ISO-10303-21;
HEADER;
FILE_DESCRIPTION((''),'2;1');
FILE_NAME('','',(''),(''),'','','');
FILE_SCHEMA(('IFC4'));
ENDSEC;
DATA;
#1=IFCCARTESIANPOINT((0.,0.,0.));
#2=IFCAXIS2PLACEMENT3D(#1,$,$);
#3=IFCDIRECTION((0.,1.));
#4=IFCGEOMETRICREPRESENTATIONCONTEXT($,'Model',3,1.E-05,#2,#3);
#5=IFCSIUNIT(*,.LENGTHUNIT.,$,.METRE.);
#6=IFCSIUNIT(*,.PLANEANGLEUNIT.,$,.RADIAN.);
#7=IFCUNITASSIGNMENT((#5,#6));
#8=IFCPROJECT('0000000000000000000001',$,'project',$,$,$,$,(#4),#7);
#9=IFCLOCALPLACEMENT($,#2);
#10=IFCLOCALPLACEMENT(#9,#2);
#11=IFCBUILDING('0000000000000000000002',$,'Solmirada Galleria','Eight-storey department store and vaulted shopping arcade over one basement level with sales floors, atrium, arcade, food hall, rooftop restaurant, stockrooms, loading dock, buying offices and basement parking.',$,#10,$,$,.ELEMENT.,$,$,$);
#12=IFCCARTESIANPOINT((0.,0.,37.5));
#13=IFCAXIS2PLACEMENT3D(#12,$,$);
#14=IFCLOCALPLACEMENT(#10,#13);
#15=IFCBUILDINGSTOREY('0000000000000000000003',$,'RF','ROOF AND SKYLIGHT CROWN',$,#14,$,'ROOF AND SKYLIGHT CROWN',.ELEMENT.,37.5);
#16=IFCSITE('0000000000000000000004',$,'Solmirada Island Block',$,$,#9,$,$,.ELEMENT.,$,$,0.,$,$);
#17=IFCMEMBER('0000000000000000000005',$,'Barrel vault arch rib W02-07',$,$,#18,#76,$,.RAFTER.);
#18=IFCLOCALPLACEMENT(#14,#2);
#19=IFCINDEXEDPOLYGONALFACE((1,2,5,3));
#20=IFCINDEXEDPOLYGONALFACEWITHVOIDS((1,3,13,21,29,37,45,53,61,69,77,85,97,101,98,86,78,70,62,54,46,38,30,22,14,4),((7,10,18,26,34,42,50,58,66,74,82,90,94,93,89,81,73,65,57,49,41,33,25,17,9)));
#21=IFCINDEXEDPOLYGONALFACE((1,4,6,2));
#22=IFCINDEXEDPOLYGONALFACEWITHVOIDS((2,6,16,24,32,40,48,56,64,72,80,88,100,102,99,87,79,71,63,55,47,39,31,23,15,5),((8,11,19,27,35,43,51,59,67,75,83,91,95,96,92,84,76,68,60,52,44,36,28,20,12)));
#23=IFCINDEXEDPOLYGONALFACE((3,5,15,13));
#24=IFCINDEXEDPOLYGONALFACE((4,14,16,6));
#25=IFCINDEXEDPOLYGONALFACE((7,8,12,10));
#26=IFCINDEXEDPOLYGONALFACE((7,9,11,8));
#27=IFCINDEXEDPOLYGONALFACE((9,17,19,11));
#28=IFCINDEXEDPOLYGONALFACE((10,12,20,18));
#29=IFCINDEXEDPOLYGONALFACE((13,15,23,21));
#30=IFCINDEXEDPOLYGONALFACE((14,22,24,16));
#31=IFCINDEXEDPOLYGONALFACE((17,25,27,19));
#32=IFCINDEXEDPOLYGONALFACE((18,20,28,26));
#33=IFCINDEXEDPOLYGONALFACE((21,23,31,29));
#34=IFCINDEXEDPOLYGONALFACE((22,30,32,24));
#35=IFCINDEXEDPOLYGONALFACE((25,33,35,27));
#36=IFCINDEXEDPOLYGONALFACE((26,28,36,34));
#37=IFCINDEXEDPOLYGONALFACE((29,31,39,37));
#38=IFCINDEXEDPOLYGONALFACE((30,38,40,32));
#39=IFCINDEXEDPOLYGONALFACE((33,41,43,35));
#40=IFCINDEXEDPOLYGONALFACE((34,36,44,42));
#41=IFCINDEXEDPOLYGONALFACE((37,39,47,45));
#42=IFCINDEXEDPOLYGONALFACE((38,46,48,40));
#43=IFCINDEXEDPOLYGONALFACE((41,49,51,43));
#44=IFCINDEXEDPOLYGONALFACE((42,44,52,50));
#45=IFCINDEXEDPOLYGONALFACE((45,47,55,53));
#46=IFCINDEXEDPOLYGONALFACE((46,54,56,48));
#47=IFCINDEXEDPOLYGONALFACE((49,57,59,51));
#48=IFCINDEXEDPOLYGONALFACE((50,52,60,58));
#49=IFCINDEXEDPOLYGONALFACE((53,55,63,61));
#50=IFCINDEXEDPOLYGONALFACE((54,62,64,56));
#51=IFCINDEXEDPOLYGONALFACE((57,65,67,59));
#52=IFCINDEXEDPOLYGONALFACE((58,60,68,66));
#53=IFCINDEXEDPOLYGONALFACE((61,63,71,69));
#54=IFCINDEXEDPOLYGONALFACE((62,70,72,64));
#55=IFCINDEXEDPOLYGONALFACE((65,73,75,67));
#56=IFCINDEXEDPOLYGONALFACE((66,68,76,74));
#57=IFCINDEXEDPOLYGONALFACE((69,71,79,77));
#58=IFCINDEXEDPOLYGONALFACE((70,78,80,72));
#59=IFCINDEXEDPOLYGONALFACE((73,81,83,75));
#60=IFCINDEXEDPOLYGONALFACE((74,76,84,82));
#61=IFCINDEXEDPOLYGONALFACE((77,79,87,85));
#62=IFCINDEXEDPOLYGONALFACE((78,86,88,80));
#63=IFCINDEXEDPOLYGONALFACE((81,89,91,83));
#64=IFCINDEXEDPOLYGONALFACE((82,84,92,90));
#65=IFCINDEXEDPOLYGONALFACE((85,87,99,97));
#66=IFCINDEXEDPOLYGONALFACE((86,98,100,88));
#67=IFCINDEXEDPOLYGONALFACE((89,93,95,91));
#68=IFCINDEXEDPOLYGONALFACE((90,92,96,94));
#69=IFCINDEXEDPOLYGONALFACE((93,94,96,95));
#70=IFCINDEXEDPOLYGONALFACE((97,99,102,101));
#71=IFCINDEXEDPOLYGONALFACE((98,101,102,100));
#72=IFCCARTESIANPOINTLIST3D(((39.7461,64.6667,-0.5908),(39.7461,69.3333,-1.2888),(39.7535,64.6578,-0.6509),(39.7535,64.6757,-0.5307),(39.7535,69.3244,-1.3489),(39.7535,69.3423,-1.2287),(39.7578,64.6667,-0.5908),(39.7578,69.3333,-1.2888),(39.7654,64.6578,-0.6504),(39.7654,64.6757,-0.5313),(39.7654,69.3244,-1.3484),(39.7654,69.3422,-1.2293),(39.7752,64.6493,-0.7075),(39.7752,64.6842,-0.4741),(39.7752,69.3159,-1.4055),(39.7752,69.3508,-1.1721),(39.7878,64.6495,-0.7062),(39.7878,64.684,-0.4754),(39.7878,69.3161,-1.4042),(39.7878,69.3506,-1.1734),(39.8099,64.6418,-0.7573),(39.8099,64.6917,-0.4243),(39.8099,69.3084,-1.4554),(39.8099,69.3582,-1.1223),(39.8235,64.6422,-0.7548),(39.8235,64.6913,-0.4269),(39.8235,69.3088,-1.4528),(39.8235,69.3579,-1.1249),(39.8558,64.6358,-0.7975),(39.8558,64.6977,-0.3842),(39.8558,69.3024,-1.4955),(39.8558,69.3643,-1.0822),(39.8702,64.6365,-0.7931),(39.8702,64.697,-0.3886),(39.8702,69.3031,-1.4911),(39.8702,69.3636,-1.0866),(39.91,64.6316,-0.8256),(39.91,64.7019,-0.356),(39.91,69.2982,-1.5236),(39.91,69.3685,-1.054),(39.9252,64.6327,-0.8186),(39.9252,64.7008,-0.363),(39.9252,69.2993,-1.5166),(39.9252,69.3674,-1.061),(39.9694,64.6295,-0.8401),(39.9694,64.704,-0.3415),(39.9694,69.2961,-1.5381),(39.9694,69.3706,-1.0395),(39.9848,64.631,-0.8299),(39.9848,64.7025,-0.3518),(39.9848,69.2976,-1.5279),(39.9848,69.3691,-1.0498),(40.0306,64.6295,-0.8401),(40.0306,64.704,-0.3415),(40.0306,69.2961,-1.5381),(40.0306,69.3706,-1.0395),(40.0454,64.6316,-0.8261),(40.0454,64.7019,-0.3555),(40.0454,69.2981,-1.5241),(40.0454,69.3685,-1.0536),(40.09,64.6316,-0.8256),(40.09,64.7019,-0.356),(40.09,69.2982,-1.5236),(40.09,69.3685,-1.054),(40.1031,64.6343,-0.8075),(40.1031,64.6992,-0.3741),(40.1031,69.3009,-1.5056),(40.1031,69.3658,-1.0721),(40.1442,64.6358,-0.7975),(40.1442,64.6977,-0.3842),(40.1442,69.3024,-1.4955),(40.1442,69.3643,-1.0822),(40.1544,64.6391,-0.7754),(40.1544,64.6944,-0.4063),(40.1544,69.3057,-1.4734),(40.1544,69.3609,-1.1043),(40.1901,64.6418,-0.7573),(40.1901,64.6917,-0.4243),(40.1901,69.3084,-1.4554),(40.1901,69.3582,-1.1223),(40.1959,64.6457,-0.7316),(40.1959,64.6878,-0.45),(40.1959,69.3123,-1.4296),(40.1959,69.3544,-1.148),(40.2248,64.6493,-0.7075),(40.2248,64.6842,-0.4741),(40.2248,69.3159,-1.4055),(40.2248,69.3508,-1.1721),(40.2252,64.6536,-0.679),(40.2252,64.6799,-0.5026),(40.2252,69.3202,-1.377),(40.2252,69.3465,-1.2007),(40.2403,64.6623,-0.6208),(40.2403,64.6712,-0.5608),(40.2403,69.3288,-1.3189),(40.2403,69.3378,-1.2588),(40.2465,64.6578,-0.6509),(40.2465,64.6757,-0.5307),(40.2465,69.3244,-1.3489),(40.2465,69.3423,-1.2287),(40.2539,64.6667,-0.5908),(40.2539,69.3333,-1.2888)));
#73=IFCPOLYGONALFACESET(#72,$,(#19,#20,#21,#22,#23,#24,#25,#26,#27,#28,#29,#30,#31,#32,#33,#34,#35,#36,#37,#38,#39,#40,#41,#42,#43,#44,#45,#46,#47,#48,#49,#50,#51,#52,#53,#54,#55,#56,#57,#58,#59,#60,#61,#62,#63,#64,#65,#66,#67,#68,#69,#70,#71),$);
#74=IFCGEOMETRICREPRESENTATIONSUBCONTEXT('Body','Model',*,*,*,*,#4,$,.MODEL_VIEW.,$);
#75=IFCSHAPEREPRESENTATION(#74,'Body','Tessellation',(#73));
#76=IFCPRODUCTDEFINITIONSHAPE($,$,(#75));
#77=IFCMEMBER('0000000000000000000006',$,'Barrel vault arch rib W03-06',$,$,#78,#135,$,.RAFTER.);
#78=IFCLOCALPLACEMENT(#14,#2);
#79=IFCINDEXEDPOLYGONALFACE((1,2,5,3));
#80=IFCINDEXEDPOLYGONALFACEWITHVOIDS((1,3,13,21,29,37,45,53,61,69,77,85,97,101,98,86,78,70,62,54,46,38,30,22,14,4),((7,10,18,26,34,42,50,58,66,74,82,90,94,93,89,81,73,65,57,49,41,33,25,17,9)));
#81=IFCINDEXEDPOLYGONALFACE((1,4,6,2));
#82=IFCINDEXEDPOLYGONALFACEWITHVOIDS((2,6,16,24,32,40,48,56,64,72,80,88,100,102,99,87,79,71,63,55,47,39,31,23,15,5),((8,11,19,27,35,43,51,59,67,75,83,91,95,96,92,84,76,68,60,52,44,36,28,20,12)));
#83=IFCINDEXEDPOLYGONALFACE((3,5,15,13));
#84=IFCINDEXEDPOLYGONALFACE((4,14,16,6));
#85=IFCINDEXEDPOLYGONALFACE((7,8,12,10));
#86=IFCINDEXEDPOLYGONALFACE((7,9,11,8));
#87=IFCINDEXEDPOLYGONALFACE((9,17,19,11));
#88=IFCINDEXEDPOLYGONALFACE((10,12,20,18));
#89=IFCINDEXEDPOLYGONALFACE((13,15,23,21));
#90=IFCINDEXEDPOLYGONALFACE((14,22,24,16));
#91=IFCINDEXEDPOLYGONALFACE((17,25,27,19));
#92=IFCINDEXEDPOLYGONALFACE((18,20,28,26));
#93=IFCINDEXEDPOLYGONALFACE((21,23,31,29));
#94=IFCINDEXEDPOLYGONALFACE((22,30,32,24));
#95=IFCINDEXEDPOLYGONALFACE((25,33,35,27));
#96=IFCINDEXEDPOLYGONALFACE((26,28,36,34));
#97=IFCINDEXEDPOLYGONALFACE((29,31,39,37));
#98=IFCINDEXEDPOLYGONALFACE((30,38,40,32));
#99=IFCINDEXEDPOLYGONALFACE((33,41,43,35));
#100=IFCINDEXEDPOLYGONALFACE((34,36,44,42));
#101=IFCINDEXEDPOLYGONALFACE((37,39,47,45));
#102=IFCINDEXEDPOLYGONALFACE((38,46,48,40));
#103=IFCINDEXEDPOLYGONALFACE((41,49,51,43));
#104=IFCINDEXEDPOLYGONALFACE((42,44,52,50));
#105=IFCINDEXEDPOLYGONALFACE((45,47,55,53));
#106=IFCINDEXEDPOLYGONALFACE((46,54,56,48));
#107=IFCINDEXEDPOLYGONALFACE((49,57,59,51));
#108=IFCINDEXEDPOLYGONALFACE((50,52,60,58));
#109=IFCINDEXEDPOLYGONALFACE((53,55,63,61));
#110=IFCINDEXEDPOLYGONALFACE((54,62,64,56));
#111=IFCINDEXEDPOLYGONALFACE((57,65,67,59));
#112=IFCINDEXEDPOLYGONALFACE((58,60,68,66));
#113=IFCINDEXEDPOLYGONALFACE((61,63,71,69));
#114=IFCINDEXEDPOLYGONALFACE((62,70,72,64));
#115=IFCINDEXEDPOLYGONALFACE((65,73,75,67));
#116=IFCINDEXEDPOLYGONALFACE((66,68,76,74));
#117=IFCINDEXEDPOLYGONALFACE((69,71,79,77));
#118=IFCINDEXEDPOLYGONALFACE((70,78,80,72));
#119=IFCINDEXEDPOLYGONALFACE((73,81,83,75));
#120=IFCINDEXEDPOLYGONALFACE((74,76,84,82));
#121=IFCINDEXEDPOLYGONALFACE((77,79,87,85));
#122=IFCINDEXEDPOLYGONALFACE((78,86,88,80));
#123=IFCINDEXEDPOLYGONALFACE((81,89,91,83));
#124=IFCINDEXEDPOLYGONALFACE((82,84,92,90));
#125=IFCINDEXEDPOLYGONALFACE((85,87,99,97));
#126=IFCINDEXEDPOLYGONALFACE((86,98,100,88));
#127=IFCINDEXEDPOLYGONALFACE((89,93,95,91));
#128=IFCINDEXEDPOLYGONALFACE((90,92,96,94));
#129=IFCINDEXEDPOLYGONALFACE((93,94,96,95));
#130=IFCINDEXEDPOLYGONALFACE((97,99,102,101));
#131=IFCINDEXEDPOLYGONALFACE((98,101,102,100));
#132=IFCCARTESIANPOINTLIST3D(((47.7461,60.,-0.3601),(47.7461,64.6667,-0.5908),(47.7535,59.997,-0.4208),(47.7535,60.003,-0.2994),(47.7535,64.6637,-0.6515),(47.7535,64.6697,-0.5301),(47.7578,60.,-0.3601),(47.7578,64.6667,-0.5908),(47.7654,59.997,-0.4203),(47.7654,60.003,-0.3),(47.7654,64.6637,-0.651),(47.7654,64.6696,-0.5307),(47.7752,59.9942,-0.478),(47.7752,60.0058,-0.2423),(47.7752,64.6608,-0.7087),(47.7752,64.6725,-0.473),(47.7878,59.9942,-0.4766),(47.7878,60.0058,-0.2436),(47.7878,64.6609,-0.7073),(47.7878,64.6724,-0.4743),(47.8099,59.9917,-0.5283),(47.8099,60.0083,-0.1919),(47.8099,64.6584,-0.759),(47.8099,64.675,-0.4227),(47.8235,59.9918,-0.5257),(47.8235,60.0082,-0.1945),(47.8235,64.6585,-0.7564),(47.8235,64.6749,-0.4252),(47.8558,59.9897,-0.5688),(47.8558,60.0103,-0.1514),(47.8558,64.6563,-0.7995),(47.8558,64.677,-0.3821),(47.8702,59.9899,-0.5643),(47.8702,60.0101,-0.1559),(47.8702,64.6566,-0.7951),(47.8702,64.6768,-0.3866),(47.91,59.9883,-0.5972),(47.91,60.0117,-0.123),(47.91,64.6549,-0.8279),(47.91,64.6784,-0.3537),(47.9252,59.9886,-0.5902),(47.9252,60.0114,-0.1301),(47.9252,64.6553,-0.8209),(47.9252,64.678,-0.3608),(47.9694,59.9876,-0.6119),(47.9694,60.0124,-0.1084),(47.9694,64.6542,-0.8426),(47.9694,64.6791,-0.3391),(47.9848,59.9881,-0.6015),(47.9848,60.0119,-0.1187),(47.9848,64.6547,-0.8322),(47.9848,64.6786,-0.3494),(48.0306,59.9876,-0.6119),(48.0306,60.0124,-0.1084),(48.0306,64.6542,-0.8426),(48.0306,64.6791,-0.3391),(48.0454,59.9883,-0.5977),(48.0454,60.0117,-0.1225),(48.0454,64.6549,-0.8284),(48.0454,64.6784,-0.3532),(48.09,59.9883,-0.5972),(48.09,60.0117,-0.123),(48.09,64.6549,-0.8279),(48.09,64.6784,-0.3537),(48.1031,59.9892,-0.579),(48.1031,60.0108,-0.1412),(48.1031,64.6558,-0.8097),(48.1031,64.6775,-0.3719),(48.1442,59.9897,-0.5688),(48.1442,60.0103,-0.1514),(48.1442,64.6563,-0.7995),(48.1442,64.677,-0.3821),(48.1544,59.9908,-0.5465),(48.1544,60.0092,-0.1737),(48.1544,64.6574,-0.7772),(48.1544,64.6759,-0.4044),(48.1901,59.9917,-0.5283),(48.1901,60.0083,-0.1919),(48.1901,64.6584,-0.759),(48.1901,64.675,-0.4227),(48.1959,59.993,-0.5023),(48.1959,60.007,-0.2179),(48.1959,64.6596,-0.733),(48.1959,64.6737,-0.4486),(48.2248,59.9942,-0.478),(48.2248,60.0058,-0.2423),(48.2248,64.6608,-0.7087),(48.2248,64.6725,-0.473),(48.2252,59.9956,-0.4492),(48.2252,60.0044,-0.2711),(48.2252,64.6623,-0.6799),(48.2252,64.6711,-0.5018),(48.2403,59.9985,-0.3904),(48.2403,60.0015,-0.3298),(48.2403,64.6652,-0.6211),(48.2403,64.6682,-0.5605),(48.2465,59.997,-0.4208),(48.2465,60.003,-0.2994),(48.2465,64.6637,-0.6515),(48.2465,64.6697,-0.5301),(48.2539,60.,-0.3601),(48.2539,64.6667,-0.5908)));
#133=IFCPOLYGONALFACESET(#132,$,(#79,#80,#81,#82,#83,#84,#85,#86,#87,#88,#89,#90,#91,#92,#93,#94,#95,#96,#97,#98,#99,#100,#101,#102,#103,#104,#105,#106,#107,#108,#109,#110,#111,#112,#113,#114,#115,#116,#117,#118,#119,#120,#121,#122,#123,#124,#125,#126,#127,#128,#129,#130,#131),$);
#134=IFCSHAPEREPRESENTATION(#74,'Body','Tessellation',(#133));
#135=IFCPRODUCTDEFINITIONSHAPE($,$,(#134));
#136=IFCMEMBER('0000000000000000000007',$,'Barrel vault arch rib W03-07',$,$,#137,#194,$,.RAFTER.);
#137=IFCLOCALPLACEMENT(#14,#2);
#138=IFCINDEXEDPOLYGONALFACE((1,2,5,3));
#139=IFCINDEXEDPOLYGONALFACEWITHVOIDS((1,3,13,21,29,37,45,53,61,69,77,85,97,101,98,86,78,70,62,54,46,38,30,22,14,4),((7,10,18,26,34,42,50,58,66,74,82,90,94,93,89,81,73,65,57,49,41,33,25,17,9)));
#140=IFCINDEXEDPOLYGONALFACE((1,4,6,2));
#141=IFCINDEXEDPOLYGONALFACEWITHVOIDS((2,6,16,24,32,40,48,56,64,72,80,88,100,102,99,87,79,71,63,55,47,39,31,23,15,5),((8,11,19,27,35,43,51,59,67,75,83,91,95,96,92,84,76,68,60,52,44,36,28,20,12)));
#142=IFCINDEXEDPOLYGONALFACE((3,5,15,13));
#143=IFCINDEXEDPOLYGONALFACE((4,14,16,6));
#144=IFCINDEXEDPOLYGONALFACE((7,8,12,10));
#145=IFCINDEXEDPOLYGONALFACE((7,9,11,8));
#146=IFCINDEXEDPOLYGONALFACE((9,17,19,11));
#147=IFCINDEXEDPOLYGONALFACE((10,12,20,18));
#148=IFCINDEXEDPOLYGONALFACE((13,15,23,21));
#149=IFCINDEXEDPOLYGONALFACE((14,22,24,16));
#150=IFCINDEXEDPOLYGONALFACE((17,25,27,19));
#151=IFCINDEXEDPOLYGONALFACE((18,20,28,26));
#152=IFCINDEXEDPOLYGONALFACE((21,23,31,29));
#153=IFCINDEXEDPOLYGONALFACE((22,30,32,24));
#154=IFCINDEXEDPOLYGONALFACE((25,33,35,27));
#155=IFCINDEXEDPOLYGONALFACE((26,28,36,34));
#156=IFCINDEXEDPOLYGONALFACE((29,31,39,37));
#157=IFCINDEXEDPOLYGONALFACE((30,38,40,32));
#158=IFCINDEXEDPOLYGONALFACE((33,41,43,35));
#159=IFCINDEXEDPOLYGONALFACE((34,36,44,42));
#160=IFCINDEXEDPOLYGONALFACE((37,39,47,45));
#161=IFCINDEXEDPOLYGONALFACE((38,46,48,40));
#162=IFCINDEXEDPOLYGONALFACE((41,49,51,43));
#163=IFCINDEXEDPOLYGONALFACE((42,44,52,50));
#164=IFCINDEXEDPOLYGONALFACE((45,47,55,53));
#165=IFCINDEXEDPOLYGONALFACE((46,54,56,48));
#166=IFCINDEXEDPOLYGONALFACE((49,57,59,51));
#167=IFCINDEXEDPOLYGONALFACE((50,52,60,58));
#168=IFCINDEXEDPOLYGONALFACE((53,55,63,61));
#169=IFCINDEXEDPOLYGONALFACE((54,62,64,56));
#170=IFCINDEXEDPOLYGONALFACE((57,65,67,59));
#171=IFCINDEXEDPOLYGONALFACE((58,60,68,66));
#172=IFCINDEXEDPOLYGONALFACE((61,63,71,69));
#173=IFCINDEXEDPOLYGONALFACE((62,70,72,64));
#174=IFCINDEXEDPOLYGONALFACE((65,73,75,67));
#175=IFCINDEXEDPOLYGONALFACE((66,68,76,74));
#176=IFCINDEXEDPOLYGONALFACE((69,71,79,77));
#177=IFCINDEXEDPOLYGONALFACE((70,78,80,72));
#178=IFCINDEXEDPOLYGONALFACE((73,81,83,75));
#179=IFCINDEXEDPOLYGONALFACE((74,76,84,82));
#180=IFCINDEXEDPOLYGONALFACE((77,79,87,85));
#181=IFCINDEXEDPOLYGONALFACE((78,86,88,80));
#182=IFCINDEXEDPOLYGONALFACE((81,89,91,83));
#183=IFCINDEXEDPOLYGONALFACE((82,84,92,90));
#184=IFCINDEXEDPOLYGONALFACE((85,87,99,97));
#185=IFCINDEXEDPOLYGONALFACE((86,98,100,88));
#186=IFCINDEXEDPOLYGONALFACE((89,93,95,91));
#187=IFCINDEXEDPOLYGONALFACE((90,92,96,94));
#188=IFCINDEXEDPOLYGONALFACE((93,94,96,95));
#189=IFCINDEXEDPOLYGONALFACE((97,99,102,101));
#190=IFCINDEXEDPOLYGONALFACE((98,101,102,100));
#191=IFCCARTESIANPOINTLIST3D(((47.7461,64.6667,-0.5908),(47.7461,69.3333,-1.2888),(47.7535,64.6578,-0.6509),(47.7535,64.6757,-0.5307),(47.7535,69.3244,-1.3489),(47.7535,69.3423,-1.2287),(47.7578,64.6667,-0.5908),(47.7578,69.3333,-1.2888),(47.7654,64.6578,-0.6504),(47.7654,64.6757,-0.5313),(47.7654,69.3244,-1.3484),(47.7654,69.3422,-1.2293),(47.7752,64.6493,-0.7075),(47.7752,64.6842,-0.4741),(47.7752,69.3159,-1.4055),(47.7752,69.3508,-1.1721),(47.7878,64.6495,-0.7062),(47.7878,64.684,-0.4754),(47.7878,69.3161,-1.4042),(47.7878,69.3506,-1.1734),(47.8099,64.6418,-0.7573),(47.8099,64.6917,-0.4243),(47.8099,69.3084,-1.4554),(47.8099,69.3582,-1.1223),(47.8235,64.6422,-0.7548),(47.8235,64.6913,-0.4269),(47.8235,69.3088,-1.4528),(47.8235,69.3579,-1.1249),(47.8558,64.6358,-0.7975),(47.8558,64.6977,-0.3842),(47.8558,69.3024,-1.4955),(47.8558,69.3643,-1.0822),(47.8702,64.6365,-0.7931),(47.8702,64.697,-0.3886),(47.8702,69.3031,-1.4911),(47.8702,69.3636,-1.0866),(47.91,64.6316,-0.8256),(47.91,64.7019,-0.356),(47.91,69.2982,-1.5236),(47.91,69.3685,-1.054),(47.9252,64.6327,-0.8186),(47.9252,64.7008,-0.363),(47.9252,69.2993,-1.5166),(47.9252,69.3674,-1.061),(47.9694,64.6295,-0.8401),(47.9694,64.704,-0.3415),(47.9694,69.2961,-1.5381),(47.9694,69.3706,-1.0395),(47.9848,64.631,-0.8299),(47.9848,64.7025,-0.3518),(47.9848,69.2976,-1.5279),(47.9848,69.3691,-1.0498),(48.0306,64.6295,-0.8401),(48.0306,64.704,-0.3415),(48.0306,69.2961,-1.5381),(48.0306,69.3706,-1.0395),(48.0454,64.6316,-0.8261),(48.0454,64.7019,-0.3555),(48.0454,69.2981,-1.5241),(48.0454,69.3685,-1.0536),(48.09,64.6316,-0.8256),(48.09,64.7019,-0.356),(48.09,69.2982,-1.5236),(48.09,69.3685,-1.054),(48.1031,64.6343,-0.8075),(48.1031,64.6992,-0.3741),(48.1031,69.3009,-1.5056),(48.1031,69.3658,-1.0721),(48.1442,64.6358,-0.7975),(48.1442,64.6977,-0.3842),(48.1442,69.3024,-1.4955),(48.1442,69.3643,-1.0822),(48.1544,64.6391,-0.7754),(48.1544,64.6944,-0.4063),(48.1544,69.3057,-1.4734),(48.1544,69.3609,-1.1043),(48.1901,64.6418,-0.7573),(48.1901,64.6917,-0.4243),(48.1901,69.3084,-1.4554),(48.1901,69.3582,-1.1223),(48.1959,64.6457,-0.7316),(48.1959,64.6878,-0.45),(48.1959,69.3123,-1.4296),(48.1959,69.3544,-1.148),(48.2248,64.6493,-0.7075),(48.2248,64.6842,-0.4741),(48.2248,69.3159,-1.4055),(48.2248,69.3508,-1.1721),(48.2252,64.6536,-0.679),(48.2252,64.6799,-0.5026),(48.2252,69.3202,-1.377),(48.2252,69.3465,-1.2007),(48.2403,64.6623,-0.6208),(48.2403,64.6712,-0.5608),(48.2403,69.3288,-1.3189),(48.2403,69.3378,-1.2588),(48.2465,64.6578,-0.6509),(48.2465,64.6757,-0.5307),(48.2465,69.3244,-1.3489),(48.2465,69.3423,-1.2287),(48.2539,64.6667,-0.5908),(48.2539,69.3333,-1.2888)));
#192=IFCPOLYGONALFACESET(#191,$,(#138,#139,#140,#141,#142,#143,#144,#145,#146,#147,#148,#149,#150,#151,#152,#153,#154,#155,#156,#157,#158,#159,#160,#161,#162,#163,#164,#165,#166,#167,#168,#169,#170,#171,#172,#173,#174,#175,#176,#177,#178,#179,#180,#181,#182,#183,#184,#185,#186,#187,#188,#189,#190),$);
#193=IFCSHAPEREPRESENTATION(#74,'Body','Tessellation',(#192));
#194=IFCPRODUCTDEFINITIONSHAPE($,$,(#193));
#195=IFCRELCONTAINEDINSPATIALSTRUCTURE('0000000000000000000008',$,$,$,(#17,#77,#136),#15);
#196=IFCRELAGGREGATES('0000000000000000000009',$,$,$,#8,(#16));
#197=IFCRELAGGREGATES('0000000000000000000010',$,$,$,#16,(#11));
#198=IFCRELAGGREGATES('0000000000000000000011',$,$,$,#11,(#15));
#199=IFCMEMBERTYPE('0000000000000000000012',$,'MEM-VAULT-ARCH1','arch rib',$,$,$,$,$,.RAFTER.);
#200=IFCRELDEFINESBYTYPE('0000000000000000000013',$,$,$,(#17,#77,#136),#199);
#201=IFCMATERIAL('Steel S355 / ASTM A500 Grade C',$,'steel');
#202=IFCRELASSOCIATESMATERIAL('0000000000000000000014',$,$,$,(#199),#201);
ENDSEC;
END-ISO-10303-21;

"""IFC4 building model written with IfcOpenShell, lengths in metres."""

from ifc_helpers import new_model, si_unit, direction, frame, origin, origin_2d, place, context, subcontext, project, spatial, hollow_circle, extrude, material, material_profile, profile_set, type_object, element, save


model = new_model("IFC4")

# Units and contexts
model_context = context("Model", 3, precision=1e-05, world=origin(), true_north=direction((0.0, 1.0)))
body_context = subcontext(model_context, "Body", "Model", "MODEL_VIEW")
ifc_project = project(units=[si_unit("LENGTHUNIT", "METRE"), si_unit("PLANEANGLEUNIT", "RADIAN")], contexts=[model_context])

# Site, building, storey
site_placement = place(None, origin())
site = spatial("IfcSite", under=ifc_project, at=site_placement, Name="Solmirada Island Block", CompositionType="ELEMENT", RefElevation=0.0)
building_placement = place(site_placement, origin())
building = spatial("IfcBuilding", under=site, at=building_placement, Name="Solmirada Galleria", Description="Eight-storey department store and vaulted shopping arcade over one basement level with sales floors, atrium, arcade, food hall, rooftop restaurant, stockrooms, loading dock, buying offices and basement parking.", CompositionType="ELEMENT")
storey_placement = place(building_placement, frame((0.0, 0.0, 37.5)))
storey = spatial("IfcBuildingStorey", under=building, at=storey_placement, Name="RF", Description="ROOF AND SKYLIGHT CROWN", LongName="ROOF AND SKYLIGHT CROWN", CompositionType="ELEMENT", Elevation=37.5)

# Members
ifc_material_1 = material(Name="Steel S355 / ASTM A500 Grade C", Category="steel")
ifc_material_profile_1 = material_profile(ifc_material_1, hollow_circle(Radius=0.2539, WallThickness=0.0117, at=origin_2d()), Name="HSS20.000X0.500")
ifc_profile_set_1 = profile_set([ifc_material_profile_1], Name="Steel S355 / ASTM A500 Grade C")
member_type_1 = type_object("IfcMemberType", Name="MEM-VAULT-ARCH1", Description="arch rib", PredefinedType="RAFTER", material=ifc_profile_set_1)
member_1_placement = place(storey_placement, frame((40.0, 64.6667, -0.5908), z_axis=(0.0, 0.988998, -0.147931), x_axis=(-1.0, 0.0, 0.0)))
element("IfcMember", 1, at=member_1_placement, inside=storey, type_object=member_type_1, Name="Barrel vault arch rib W02-07", PredefinedType="RAFTER", context=body_context, shape_type="SweptSolid", body=[
    extrude(hollow_circle(Radius=0.2539, WallThickness=0.0117, at=origin_2d()), origin(), (0.0, 0.0, 1.0), 4.7185),
])
member_2_placement = place(storey_placement, frame((48.0, 60.0, -0.3601), z_axis=(0.0, 0.99878, -0.049377), x_axis=(-1.0, 0.0, 0.0)))
element("IfcMember", 2, at=member_2_placement, inside=storey, type_object=member_type_1, Name="Barrel vault arch rib W03-06", PredefinedType="RAFTER", context=body_context, shape_type="SweptSolid", body=[
    extrude(hollow_circle(Radius=0.2539, WallThickness=0.0117, at=origin_2d()), origin(), (0.0, 0.0, 1.0), 4.6724),
])
member_3_placement = place(storey_placement, frame((48.0, 64.6667, -0.5908), z_axis=(0.0, 0.988998, -0.147931), x_axis=(-1.0, 0.0, 0.0)))
element("IfcMember", 3, at=member_3_placement, inside=storey, type_object=member_type_1, Name="Barrel vault arch rib W03-07", PredefinedType="RAFTER", context=body_context, shape_type="SweptSolid", body=[
    extrude(hollow_circle(Radius=0.2539, WallThickness=0.0117, at=origin_2d()), origin(), (0.0, 0.0, 1.0), 4.7185),
])

save(model, "model.ifc")
